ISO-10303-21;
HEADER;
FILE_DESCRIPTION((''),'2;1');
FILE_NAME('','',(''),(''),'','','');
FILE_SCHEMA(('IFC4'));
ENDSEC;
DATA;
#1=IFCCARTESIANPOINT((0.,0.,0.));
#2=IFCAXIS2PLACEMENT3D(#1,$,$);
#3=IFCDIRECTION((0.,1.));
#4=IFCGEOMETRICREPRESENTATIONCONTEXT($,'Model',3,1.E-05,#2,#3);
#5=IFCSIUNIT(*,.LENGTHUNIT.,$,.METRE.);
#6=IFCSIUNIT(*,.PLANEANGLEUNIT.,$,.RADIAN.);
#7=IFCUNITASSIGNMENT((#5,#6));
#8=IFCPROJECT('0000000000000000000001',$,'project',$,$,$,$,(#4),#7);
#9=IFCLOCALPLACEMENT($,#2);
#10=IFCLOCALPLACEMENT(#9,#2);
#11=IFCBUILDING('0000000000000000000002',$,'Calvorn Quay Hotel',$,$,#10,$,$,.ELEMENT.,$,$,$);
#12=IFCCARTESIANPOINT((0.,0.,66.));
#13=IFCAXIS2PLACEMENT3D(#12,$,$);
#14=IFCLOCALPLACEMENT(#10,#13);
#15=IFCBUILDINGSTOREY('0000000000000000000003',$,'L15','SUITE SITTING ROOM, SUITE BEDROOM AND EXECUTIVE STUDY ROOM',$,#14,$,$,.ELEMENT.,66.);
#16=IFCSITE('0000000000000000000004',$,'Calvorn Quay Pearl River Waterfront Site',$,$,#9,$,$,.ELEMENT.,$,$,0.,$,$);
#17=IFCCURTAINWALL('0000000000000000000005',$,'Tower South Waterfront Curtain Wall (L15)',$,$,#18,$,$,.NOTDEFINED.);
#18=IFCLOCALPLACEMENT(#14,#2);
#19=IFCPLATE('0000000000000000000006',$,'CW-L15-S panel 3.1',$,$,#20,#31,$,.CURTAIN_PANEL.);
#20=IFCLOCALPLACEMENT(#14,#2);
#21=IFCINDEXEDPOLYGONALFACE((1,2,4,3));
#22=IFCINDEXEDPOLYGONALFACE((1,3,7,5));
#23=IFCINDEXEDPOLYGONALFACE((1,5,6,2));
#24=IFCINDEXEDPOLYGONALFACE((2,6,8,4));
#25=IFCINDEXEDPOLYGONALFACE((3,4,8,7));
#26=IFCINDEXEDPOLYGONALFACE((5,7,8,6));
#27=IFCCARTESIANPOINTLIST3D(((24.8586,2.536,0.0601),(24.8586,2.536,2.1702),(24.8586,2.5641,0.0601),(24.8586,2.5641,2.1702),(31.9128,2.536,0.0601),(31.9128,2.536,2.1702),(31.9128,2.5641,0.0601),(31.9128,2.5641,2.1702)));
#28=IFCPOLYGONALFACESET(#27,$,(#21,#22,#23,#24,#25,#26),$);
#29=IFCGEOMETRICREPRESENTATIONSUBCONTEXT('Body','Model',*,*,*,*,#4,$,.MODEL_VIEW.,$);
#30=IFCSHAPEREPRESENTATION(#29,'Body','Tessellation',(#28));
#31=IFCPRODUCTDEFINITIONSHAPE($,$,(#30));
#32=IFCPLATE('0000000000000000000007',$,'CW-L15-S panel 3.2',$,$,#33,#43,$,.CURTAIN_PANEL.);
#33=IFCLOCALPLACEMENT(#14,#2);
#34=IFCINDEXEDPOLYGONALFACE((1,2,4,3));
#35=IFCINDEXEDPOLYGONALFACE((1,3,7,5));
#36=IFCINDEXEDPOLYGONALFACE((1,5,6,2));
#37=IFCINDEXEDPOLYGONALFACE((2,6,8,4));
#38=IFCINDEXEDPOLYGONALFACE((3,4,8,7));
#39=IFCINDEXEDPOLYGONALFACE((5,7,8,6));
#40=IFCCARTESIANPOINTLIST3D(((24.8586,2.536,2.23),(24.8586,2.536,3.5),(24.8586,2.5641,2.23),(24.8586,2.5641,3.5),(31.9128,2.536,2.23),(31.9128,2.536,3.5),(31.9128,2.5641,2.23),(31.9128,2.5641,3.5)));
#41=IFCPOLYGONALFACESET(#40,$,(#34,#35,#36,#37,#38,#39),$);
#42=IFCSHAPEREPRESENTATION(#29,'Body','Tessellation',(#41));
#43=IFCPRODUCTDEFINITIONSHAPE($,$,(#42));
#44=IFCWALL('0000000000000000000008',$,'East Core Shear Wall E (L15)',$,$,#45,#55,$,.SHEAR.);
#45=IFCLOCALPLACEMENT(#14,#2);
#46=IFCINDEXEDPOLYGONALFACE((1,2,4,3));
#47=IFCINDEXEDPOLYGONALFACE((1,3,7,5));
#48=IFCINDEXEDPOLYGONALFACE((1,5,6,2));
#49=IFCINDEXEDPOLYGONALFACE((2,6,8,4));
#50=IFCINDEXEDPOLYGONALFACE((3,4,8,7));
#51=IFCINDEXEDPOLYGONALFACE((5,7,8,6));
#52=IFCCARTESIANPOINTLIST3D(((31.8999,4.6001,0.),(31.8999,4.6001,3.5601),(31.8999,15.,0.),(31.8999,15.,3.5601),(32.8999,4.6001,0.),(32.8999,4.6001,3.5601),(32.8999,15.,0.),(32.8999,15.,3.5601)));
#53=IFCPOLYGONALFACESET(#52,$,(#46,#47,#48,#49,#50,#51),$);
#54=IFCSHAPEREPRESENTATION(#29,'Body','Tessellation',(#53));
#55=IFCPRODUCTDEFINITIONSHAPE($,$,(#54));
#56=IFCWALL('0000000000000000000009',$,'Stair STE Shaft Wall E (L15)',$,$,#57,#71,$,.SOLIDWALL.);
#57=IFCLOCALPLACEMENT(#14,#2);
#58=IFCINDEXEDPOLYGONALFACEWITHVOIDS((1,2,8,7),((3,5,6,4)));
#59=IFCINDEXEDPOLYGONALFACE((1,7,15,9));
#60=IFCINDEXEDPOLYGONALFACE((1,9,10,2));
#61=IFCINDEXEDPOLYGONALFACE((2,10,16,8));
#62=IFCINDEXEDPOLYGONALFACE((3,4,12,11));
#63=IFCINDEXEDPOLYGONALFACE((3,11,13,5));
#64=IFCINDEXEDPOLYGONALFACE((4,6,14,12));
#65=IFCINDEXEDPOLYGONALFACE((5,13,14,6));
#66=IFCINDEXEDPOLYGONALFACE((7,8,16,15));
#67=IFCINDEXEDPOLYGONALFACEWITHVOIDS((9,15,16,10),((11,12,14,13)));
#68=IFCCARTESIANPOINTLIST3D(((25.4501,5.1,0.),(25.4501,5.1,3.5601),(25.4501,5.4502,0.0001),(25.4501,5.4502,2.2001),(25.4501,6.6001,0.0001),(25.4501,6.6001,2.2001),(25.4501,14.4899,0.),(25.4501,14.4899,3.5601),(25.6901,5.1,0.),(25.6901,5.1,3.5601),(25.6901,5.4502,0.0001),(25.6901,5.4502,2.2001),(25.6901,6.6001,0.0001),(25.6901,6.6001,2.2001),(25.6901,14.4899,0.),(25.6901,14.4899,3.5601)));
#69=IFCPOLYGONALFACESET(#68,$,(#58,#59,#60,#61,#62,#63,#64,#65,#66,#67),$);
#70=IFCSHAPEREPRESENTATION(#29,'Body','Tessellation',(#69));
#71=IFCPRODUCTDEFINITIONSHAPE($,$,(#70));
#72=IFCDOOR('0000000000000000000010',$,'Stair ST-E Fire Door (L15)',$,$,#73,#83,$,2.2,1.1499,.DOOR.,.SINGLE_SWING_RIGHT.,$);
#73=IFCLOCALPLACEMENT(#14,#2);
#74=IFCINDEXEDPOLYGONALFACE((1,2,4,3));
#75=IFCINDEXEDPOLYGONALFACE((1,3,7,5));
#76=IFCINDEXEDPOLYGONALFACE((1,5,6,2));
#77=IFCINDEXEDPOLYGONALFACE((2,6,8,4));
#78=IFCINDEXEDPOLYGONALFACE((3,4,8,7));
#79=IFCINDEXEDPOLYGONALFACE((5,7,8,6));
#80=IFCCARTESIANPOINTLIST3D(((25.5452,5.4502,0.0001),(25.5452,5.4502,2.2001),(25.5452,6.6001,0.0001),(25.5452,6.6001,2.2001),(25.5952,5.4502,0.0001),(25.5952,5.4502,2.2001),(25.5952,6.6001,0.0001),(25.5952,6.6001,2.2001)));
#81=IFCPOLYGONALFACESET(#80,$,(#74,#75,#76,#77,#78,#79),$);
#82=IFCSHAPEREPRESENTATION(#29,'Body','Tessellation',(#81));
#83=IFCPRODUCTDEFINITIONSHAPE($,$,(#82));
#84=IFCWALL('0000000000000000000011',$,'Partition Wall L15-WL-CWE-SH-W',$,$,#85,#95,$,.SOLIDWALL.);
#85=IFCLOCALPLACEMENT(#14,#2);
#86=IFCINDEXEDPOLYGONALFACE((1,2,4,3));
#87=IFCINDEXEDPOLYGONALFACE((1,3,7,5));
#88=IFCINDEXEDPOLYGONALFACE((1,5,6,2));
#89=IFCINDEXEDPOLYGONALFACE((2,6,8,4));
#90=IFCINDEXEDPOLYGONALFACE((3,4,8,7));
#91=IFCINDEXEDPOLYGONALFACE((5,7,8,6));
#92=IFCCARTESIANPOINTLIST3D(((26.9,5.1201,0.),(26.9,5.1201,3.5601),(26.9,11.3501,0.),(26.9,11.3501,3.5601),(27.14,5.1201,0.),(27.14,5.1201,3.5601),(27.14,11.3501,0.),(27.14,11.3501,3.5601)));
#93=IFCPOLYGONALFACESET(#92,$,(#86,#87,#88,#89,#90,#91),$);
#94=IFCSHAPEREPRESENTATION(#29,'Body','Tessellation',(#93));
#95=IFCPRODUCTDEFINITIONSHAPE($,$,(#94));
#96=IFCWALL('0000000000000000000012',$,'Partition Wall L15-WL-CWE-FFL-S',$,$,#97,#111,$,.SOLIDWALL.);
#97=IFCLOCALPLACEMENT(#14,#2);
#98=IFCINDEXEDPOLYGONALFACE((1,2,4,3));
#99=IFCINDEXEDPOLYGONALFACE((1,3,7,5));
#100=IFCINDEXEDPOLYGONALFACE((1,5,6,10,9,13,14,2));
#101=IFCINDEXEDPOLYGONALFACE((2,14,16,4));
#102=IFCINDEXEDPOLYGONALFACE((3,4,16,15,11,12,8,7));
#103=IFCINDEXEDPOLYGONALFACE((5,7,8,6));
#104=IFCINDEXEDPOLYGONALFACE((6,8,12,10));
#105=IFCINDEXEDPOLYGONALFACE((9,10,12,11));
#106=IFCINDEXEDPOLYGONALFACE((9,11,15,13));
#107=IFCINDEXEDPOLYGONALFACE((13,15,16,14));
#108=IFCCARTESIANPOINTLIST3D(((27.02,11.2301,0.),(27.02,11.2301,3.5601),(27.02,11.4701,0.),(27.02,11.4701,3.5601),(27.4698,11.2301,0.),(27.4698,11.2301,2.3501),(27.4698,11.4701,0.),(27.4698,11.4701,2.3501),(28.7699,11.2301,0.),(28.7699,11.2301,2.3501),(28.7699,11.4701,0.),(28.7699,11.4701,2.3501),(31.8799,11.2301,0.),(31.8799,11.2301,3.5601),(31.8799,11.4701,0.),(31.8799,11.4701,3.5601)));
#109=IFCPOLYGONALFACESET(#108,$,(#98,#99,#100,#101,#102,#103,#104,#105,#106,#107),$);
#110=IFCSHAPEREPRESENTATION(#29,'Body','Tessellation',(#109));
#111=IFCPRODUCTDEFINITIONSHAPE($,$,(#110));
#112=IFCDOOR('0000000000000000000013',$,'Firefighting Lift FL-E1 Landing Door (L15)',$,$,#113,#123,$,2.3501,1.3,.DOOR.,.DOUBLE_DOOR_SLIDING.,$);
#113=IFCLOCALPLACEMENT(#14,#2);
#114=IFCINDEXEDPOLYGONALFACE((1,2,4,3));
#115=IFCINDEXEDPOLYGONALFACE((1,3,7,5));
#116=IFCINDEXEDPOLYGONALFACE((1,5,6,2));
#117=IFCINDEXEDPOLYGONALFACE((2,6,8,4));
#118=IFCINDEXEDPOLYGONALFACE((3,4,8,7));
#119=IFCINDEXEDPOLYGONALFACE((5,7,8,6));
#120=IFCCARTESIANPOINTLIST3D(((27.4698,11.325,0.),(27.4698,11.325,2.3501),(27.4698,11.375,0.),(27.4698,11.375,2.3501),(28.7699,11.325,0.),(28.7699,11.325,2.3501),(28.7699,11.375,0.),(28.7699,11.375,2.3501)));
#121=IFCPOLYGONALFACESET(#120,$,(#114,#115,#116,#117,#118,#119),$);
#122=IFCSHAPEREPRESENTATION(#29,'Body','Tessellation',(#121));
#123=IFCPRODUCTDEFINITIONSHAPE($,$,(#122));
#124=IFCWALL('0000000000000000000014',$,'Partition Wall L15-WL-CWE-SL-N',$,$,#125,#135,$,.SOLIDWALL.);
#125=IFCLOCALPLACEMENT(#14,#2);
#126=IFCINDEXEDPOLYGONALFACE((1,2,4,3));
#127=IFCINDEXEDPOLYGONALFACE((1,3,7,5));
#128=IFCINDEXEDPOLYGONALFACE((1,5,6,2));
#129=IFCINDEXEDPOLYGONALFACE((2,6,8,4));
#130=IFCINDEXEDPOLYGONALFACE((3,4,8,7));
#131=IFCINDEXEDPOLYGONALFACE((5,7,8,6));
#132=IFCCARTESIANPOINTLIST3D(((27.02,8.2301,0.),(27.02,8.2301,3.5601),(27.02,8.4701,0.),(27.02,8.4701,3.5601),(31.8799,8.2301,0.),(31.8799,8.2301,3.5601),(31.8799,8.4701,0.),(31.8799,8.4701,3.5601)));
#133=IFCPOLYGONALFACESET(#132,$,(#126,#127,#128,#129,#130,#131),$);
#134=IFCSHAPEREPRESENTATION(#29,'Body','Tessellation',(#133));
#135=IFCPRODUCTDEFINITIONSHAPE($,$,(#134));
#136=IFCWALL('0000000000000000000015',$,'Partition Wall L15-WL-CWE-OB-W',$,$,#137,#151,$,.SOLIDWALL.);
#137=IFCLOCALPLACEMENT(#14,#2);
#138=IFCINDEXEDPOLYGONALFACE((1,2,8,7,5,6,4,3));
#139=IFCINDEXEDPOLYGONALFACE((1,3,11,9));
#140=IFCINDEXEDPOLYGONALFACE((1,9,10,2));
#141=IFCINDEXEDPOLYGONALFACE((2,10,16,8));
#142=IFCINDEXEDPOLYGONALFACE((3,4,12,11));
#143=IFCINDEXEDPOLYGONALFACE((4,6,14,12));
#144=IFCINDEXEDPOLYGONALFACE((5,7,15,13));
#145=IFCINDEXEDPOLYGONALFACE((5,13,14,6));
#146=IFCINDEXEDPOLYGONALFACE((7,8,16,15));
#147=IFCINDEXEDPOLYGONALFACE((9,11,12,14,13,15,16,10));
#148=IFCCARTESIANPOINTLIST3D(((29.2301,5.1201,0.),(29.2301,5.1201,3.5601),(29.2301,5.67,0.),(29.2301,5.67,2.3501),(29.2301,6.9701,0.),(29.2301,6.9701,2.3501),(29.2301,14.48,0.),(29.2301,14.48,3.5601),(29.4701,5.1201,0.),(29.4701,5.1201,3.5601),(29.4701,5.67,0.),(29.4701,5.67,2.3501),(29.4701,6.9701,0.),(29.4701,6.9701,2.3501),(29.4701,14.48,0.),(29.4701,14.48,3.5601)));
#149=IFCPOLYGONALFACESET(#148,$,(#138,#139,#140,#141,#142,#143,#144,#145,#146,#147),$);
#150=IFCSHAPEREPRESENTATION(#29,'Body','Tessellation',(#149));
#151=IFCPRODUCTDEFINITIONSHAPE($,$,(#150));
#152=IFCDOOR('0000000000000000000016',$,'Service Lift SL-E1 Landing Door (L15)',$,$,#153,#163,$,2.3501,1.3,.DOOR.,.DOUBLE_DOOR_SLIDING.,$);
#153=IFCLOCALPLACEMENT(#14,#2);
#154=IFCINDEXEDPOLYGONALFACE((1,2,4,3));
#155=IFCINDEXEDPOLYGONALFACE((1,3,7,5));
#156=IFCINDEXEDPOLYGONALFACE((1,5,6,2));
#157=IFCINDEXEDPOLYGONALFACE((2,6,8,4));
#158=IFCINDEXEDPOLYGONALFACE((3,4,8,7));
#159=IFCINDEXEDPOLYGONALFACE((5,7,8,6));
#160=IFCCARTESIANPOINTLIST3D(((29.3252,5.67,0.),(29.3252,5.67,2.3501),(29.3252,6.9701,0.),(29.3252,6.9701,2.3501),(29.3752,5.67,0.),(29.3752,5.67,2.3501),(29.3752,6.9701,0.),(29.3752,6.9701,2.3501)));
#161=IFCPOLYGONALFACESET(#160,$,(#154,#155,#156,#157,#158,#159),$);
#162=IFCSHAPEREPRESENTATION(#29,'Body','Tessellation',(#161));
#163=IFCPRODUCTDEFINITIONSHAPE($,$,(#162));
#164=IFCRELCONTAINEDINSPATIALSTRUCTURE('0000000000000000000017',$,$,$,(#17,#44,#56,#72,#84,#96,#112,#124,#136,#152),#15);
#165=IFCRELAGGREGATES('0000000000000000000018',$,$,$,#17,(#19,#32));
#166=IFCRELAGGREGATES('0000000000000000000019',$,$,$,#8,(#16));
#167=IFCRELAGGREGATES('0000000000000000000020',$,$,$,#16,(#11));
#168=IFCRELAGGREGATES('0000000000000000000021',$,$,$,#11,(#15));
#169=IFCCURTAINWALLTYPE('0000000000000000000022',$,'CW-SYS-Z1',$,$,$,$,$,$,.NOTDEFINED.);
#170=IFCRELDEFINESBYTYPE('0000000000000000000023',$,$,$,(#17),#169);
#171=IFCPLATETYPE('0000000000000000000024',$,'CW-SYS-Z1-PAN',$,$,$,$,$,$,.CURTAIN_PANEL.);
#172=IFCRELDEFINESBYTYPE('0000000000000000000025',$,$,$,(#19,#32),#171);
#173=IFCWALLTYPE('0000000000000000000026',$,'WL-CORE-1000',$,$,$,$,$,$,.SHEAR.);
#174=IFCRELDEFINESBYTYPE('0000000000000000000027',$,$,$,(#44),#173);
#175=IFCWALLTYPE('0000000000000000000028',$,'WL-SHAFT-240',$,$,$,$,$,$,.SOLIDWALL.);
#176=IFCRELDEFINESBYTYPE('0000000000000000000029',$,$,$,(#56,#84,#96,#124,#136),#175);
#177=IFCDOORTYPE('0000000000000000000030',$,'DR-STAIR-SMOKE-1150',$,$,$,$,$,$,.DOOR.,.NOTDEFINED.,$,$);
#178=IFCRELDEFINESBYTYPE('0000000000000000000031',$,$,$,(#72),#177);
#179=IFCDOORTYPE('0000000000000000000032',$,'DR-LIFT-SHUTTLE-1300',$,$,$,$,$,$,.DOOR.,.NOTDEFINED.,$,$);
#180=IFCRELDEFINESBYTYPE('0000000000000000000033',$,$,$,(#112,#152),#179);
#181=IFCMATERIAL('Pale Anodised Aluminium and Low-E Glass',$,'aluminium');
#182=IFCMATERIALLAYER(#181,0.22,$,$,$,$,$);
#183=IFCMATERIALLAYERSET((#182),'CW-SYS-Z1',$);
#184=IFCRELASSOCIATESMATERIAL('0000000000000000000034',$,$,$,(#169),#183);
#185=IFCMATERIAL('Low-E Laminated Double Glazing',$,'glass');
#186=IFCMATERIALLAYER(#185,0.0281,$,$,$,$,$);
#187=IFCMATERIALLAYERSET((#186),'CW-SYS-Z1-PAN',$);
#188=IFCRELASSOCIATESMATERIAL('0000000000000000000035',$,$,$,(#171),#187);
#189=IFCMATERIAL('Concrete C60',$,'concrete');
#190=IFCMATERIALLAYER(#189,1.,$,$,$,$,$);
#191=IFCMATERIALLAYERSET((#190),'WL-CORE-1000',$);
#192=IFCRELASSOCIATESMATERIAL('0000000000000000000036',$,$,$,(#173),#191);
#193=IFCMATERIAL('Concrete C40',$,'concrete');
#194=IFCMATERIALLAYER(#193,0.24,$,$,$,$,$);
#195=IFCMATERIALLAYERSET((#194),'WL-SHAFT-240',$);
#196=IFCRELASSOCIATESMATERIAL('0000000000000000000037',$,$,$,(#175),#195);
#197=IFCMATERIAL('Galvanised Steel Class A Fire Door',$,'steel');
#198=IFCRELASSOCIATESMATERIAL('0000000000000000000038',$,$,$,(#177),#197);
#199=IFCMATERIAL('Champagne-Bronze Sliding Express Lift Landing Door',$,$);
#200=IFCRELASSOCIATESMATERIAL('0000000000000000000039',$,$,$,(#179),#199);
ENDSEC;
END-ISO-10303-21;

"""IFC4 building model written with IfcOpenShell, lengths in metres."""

from ifc_helpers import new_model, si_unit, direction, frame, frame_2d, origin, origin_2d, place, context, subcontext, project, spatial, rectangle, extrude, material, layer, layer_set, type_object, element, fill, aggregate, save


model = new_model("IFC4")

# Units and contexts
model_context = context("Model", 3, precision=1e-05, world=origin(), true_north=direction((0.0, 1.0)))
body_context = subcontext(model_context, "Body", "Model", "MODEL_VIEW")
ifc_project = project(units=[si_unit("LENGTHUNIT", "METRE"), si_unit("PLANEANGLEUNIT", "RADIAN")], contexts=[model_context])

# Site, building, storey
site_placement = place(None, origin())
site = spatial("IfcSite", under=ifc_project, at=site_placement, Name="Calvorn Quay Pearl River Waterfront Site", CompositionType="ELEMENT", RefElevation=0.0)
building_placement = place(site_placement, origin())
building = spatial("IfcBuilding", under=site, at=building_placement, Name="Calvorn Quay Hotel", CompositionType="ELEMENT")
storey_placement = place(building_placement, frame((0.0, 0.0, 66.0)))
storey = spatial("IfcBuildingStorey", under=building, at=storey_placement, Name="L15", Description="SUITE SITTING ROOM, SUITE BEDROOM AND EXECUTIVE STUDY ROOM", CompositionType="ELEMENT", Elevation=66.0)

# Curtain wall, plates
ifc_material_1 = material(Name="Pale Anodised Aluminium and Low-E Glass", Category="aluminium")
ifc_layer_1 = layer(ifc_material_1, 0.22)
ifc_layer_set_1 = layer_set([ifc_layer_1], Name="CW-SYS-Z1")
curtain_wall_type = type_object("IfcCurtainWallType", Name="CW-SYS-Z1", PredefinedType="NOTDEFINED", material=ifc_layer_set_1)
curtain_wall_placement = place(storey_placement, origin())
curtain_wall = element("IfcCurtainWall", 1, at=curtain_wall_placement, inside=storey, type_object=curtain_wall_type, Name="Tower South Waterfront Curtain Wall (L15)", PredefinedType="NOTDEFINED")
ifc_material_2 = material(Name="Low-E Laminated Double Glazing", Category="glass")
ifc_layer_2 = layer(ifc_material_2, 0.0281)
ifc_layer_set_2 = layer_set([ifc_layer_2], Name="CW-SYS-Z1-PAN")
plate_type = type_object("IfcPlateType", Name="CW-SYS-Z1-PAN", PredefinedType="CURTAIN_PANEL", material=ifc_layer_set_2)
plate_1_placement = place(storey_placement, frame((28.3857, 2.55, 0.0601), z_axis=(0.0, 0.0, 1.0), x_axis=(1.0, 0.0, 0.0)))
plate_1 = element("IfcPlate", 2, at=plate_1_placement, type_object=plate_type, Name="CW-L15-S panel 3.1", PredefinedType="CURTAIN_PANEL", context=body_context, shape_type="SweptSolid", body=[
    extrude(rectangle(XDim=7.0542, YDim=0.0281, at=origin_2d()), origin(), (0.0, 0.0, 1.0), 2.1101),
])
plate_2_placement = place(storey_placement, frame((28.3857, 2.55, 2.23), z_axis=(0.0, 0.0, 1.0), x_axis=(1.0, 0.0, 0.0)))
plate_2 = element("IfcPlate", 3, at=plate_2_placement, type_object=plate_type, Name="CW-L15-S panel 3.2", PredefinedType="CURTAIN_PANEL", context=body_context, shape_type="SweptSolid", body=[
    extrude(rectangle(XDim=7.0542, YDim=0.0281, at=origin_2d()), origin(), (0.0, 0.0, 1.0), 1.27),
])
aggregate(curtain_wall, [plate_1, plate_2])

# Wall
ifc_material_3 = material(Name="Concrete C60", Category="concrete")
ifc_layer_3 = layer(ifc_material_3, 1.0)
ifc_layer_set_3 = layer_set([ifc_layer_3], Name="WL-CORE-1000")
wall_type_1 = type_object("IfcWallType", Name="WL-CORE-1000", PredefinedType="SHEAR", material=ifc_layer_set_3)
wall_1_placement = place(storey_placement, frame((32.3999, 4.6001, 0.0), z_axis=(0.0, 0.0, 1.0), x_axis=(0.0, 1.0, 0.0)))
element("IfcWall", 4, at=wall_1_placement, inside=storey, type_object=wall_type_1, Name="East Core Shear Wall E (L15)", PredefinedType="SHEAR", context=body_context, shape_type="SweptSolid", body=[
    extrude(rectangle(XDim=10.3999, YDim=1.0, at=frame_2d((5.2, 0.0))), origin(), (0.0, 0.0, 1.0), 3.5601),
])

# Wall, opening, door
ifc_material_4 = material(Name="Concrete C40", Category="concrete")
ifc_layer_4 = layer(ifc_material_4, 0.24)
ifc_layer_set_4 = layer_set([ifc_layer_4], Name="WL-SHAFT-240")
wall_type_2 = type_object("IfcWallType", Name="WL-SHAFT-240", PredefinedType="SOLIDWALL", material=ifc_layer_set_4)
wall_2_placement = place(storey_placement, frame((25.5701, 5.1001, 0.0), z_axis=(0.0, 0.0, 1.0), x_axis=(0.0, 1.0, 0.0)))
wall_2 = element("IfcWall", 5, at=wall_2_placement, inside=storey, type_object=wall_type_2, Name="Stair STE Shaft Wall E (L15)", PredefinedType="SOLIDWALL", context=body_context, shape_type="SweptSolid", body=[
    extrude(rectangle(XDim=9.3899, YDim=0.24, at=frame_2d((4.6948, 0.0))), origin(), (0.0, 0.0, 1.0), 3.5601),
])
opening_1_placement = place(wall_2_placement, frame((0.3501, 0.0, 0.0)))
opening_1 = element("IfcOpeningElement", 6, at=opening_1_placement, cuts=wall_2, PredefinedType="OPENING", context=body_context, shape_type="SweptSolid", body=[
    extrude(rectangle(XDim=1.1499, YDim=2.2, at=frame_2d((0.575, 1.1001))), frame((0.0, 0.1299, 0.0), z_axis=(0.0, -1.0, 0.0), x_axis=(1.0, 0.0, 0.0)), (0.0, 0.0, 1.0), 0.26),
])
ifc_material_5 = material(Name="Galvanised Steel Class A Fire Door", Category="steel")
door_type_1 = type_object("IfcDoorType", Name="DR-STAIR-SMOKE-1150", OperationType="NOTDEFINED", PredefinedType="DOOR", material=ifc_material_5)
door_1_placement = place(opening_1_placement, origin())
door_1 = element("IfcDoor", 7, at=door_1_placement, inside=storey, type_object=door_type_1, Name="Stair ST-E Fire Door (L15)", OperationType="SINGLE_SWING_RIGHT", OverallHeight=2.2, OverallWidth=1.1499, PredefinedType="DOOR", context=body_context, shape_type="SweptSolid", body=[
    extrude(rectangle(XDim=1.1499, YDim=2.2, at=frame_2d((0.575, 1.1001))), frame((0.0, 0.0249, 0.0), z_axis=(0.0, -1.0, 0.0), x_axis=(1.0, 0.0, 0.0)), (0.0, 0.0, 1.0), 0.05),
])
fill(opening_1, door_1)

# Wall
wall_3_placement = place(storey_placement, frame((27.02, 5.1201, 0.0), z_axis=(0.0, 0.0, 1.0), x_axis=(0.0, 1.0, 0.0)))
element("IfcWall", 8, at=wall_3_placement, inside=storey, type_object=wall_type_2, Name="Partition Wall L15-WL-CWE-SH-W", PredefinedType="SOLIDWALL", context=body_context, shape_type="SweptSolid", body=[
    extrude(rectangle(XDim=6.23, YDim=0.24, at=frame_2d((3.115, 0.0))), origin(), (0.0, 0.0, 1.0), 3.5601),
])

# Wall, opening, door
wall_4_placement = place(storey_placement, frame((27.02, 11.3501, 0.0), z_axis=(0.0, 0.0, 1.0), x_axis=(1.0, 0.0, 0.0)))
wall_4 = element("IfcWall", 9, at=wall_4_placement, inside=storey, type_object=wall_type_2, Name="Partition Wall L15-WL-CWE-FFL-S", PredefinedType="SOLIDWALL", context=body_context, shape_type="SweptSolid", body=[
    extrude(rectangle(XDim=4.8599, YDim=0.24, at=frame_2d((2.4299, 0.0))), origin(), (0.0, 0.0, 1.0), 3.5601),
])
opening_2_placement = place(wall_4_placement, frame((0.45, 0.0, 0.0)))
opening_2 = element("IfcOpeningElement", 10, at=opening_2_placement, cuts=wall_4, PredefinedType="OPENING", context=body_context, shape_type="SweptSolid", body=[
    extrude(rectangle(XDim=1.3, YDim=2.3501, at=frame_2d((0.6499, 1.175))), frame((0.0, 0.1299, 0.0), z_axis=(0.0, -1.0, 0.0), x_axis=(1.0, 0.0, 0.0)), (0.0, 0.0, 1.0), 0.26),
])
ifc_material_6 = material(Name="Champagne-Bronze Sliding Express Lift Landing Door")
door_type_2 = type_object("IfcDoorType", Name="DR-LIFT-SHUTTLE-1300", OperationType="NOTDEFINED", PredefinedType="DOOR", material=ifc_material_6)
door_2_placement = place(opening_2_placement, origin())
door_2 = element("IfcDoor", 11, at=door_2_placement, inside=storey, type_object=door_type_2, Name="Firefighting Lift FL-E1 Landing Door (L15)", OperationType="DOUBLE_DOOR_SLIDING", OverallHeight=2.3501, OverallWidth=1.3, PredefinedType="DOOR", context=body_context, shape_type="SweptSolid", body=[
    extrude(rectangle(XDim=1.3, YDim=2.3501, at=frame_2d((0.6499, 1.175))), frame((0.0, 0.0249, 0.0), z_axis=(0.0, -1.0, 0.0), x_axis=(1.0, 0.0, 0.0)), (0.0, 0.0, 1.0), 0.05),
])
fill(opening_2, door_2)

# Wall
wall_5_placement = place(storey_placement, frame((27.02, 8.3501, 0.0), z_axis=(0.0, 0.0, 1.0), x_axis=(1.0, 0.0, 0.0)))
element("IfcWall", 12, at=wall_5_placement, inside=storey, type_object=wall_type_2, Name="Partition Wall L15-WL-CWE-SL-N", PredefinedType="SOLIDWALL", context=body_context, shape_type="SweptSolid", body=[
    extrude(rectangle(XDim=4.8599, YDim=0.24, at=frame_2d((2.4299, 0.0))), origin(), (0.0, 0.0, 1.0), 3.5601),
])

# Wall, opening, door
wall_6_placement = place(storey_placement, frame((29.3501, 5.1201, 0.0), z_axis=(0.0, 0.0, 1.0), x_axis=(0.0, 1.0, 0.0)))
wall_6 = element("IfcWall", 13, at=wall_6_placement, inside=storey, type_object=wall_type_2, Name="Partition Wall L15-WL-CWE-OB-W", PredefinedType="SOLIDWALL", context=body_context, shape_type="SweptSolid", body=[
    extrude(rectangle(XDim=9.3599, YDim=0.24, at=frame_2d((4.6799, 0.0))), origin(), (0.0, 0.0, 1.0), 3.5601),
])
opening_3_placement = place(wall_6_placement, frame((0.55, 0.0, 0.0)))
opening_3 = element("IfcOpeningElement", 14, at=opening_3_placement, cuts=wall_6, PredefinedType="OPENING", context=body_context, shape_type="SweptSolid", body=[
    extrude(rectangle(XDim=1.3, YDim=2.3501, at=frame_2d((0.6499, 1.175))), frame((0.0, 0.1299, 0.0), z_axis=(0.0, -1.0, 0.0), x_axis=(1.0, 0.0, 0.0)), (0.0, 0.0, 1.0), 0.26),
])
door_3_placement = place(opening_3_placement, origin())
door_3 = element("IfcDoor", 15, at=door_3_placement, inside=storey, type_object=door_type_2, Name="Service Lift SL-E1 Landing Door (L15)", OperationType="DOUBLE_DOOR_SLIDING", OverallHeight=2.3501, OverallWidth=1.3, PredefinedType="DOOR", context=body_context, shape_type="SweptSolid", body=[
    extrude(rectangle(XDim=1.3, YDim=2.3501, at=frame_2d((0.6499, 1.175))), frame((0.0, 0.0249, 0.0), z_axis=(0.0, -1.0, 0.0), x_axis=(1.0, 0.0, 0.0)), (0.0, 0.0, 1.0), 0.05),
])
fill(opening_3, door_3)

save(model, "model.ifc")
